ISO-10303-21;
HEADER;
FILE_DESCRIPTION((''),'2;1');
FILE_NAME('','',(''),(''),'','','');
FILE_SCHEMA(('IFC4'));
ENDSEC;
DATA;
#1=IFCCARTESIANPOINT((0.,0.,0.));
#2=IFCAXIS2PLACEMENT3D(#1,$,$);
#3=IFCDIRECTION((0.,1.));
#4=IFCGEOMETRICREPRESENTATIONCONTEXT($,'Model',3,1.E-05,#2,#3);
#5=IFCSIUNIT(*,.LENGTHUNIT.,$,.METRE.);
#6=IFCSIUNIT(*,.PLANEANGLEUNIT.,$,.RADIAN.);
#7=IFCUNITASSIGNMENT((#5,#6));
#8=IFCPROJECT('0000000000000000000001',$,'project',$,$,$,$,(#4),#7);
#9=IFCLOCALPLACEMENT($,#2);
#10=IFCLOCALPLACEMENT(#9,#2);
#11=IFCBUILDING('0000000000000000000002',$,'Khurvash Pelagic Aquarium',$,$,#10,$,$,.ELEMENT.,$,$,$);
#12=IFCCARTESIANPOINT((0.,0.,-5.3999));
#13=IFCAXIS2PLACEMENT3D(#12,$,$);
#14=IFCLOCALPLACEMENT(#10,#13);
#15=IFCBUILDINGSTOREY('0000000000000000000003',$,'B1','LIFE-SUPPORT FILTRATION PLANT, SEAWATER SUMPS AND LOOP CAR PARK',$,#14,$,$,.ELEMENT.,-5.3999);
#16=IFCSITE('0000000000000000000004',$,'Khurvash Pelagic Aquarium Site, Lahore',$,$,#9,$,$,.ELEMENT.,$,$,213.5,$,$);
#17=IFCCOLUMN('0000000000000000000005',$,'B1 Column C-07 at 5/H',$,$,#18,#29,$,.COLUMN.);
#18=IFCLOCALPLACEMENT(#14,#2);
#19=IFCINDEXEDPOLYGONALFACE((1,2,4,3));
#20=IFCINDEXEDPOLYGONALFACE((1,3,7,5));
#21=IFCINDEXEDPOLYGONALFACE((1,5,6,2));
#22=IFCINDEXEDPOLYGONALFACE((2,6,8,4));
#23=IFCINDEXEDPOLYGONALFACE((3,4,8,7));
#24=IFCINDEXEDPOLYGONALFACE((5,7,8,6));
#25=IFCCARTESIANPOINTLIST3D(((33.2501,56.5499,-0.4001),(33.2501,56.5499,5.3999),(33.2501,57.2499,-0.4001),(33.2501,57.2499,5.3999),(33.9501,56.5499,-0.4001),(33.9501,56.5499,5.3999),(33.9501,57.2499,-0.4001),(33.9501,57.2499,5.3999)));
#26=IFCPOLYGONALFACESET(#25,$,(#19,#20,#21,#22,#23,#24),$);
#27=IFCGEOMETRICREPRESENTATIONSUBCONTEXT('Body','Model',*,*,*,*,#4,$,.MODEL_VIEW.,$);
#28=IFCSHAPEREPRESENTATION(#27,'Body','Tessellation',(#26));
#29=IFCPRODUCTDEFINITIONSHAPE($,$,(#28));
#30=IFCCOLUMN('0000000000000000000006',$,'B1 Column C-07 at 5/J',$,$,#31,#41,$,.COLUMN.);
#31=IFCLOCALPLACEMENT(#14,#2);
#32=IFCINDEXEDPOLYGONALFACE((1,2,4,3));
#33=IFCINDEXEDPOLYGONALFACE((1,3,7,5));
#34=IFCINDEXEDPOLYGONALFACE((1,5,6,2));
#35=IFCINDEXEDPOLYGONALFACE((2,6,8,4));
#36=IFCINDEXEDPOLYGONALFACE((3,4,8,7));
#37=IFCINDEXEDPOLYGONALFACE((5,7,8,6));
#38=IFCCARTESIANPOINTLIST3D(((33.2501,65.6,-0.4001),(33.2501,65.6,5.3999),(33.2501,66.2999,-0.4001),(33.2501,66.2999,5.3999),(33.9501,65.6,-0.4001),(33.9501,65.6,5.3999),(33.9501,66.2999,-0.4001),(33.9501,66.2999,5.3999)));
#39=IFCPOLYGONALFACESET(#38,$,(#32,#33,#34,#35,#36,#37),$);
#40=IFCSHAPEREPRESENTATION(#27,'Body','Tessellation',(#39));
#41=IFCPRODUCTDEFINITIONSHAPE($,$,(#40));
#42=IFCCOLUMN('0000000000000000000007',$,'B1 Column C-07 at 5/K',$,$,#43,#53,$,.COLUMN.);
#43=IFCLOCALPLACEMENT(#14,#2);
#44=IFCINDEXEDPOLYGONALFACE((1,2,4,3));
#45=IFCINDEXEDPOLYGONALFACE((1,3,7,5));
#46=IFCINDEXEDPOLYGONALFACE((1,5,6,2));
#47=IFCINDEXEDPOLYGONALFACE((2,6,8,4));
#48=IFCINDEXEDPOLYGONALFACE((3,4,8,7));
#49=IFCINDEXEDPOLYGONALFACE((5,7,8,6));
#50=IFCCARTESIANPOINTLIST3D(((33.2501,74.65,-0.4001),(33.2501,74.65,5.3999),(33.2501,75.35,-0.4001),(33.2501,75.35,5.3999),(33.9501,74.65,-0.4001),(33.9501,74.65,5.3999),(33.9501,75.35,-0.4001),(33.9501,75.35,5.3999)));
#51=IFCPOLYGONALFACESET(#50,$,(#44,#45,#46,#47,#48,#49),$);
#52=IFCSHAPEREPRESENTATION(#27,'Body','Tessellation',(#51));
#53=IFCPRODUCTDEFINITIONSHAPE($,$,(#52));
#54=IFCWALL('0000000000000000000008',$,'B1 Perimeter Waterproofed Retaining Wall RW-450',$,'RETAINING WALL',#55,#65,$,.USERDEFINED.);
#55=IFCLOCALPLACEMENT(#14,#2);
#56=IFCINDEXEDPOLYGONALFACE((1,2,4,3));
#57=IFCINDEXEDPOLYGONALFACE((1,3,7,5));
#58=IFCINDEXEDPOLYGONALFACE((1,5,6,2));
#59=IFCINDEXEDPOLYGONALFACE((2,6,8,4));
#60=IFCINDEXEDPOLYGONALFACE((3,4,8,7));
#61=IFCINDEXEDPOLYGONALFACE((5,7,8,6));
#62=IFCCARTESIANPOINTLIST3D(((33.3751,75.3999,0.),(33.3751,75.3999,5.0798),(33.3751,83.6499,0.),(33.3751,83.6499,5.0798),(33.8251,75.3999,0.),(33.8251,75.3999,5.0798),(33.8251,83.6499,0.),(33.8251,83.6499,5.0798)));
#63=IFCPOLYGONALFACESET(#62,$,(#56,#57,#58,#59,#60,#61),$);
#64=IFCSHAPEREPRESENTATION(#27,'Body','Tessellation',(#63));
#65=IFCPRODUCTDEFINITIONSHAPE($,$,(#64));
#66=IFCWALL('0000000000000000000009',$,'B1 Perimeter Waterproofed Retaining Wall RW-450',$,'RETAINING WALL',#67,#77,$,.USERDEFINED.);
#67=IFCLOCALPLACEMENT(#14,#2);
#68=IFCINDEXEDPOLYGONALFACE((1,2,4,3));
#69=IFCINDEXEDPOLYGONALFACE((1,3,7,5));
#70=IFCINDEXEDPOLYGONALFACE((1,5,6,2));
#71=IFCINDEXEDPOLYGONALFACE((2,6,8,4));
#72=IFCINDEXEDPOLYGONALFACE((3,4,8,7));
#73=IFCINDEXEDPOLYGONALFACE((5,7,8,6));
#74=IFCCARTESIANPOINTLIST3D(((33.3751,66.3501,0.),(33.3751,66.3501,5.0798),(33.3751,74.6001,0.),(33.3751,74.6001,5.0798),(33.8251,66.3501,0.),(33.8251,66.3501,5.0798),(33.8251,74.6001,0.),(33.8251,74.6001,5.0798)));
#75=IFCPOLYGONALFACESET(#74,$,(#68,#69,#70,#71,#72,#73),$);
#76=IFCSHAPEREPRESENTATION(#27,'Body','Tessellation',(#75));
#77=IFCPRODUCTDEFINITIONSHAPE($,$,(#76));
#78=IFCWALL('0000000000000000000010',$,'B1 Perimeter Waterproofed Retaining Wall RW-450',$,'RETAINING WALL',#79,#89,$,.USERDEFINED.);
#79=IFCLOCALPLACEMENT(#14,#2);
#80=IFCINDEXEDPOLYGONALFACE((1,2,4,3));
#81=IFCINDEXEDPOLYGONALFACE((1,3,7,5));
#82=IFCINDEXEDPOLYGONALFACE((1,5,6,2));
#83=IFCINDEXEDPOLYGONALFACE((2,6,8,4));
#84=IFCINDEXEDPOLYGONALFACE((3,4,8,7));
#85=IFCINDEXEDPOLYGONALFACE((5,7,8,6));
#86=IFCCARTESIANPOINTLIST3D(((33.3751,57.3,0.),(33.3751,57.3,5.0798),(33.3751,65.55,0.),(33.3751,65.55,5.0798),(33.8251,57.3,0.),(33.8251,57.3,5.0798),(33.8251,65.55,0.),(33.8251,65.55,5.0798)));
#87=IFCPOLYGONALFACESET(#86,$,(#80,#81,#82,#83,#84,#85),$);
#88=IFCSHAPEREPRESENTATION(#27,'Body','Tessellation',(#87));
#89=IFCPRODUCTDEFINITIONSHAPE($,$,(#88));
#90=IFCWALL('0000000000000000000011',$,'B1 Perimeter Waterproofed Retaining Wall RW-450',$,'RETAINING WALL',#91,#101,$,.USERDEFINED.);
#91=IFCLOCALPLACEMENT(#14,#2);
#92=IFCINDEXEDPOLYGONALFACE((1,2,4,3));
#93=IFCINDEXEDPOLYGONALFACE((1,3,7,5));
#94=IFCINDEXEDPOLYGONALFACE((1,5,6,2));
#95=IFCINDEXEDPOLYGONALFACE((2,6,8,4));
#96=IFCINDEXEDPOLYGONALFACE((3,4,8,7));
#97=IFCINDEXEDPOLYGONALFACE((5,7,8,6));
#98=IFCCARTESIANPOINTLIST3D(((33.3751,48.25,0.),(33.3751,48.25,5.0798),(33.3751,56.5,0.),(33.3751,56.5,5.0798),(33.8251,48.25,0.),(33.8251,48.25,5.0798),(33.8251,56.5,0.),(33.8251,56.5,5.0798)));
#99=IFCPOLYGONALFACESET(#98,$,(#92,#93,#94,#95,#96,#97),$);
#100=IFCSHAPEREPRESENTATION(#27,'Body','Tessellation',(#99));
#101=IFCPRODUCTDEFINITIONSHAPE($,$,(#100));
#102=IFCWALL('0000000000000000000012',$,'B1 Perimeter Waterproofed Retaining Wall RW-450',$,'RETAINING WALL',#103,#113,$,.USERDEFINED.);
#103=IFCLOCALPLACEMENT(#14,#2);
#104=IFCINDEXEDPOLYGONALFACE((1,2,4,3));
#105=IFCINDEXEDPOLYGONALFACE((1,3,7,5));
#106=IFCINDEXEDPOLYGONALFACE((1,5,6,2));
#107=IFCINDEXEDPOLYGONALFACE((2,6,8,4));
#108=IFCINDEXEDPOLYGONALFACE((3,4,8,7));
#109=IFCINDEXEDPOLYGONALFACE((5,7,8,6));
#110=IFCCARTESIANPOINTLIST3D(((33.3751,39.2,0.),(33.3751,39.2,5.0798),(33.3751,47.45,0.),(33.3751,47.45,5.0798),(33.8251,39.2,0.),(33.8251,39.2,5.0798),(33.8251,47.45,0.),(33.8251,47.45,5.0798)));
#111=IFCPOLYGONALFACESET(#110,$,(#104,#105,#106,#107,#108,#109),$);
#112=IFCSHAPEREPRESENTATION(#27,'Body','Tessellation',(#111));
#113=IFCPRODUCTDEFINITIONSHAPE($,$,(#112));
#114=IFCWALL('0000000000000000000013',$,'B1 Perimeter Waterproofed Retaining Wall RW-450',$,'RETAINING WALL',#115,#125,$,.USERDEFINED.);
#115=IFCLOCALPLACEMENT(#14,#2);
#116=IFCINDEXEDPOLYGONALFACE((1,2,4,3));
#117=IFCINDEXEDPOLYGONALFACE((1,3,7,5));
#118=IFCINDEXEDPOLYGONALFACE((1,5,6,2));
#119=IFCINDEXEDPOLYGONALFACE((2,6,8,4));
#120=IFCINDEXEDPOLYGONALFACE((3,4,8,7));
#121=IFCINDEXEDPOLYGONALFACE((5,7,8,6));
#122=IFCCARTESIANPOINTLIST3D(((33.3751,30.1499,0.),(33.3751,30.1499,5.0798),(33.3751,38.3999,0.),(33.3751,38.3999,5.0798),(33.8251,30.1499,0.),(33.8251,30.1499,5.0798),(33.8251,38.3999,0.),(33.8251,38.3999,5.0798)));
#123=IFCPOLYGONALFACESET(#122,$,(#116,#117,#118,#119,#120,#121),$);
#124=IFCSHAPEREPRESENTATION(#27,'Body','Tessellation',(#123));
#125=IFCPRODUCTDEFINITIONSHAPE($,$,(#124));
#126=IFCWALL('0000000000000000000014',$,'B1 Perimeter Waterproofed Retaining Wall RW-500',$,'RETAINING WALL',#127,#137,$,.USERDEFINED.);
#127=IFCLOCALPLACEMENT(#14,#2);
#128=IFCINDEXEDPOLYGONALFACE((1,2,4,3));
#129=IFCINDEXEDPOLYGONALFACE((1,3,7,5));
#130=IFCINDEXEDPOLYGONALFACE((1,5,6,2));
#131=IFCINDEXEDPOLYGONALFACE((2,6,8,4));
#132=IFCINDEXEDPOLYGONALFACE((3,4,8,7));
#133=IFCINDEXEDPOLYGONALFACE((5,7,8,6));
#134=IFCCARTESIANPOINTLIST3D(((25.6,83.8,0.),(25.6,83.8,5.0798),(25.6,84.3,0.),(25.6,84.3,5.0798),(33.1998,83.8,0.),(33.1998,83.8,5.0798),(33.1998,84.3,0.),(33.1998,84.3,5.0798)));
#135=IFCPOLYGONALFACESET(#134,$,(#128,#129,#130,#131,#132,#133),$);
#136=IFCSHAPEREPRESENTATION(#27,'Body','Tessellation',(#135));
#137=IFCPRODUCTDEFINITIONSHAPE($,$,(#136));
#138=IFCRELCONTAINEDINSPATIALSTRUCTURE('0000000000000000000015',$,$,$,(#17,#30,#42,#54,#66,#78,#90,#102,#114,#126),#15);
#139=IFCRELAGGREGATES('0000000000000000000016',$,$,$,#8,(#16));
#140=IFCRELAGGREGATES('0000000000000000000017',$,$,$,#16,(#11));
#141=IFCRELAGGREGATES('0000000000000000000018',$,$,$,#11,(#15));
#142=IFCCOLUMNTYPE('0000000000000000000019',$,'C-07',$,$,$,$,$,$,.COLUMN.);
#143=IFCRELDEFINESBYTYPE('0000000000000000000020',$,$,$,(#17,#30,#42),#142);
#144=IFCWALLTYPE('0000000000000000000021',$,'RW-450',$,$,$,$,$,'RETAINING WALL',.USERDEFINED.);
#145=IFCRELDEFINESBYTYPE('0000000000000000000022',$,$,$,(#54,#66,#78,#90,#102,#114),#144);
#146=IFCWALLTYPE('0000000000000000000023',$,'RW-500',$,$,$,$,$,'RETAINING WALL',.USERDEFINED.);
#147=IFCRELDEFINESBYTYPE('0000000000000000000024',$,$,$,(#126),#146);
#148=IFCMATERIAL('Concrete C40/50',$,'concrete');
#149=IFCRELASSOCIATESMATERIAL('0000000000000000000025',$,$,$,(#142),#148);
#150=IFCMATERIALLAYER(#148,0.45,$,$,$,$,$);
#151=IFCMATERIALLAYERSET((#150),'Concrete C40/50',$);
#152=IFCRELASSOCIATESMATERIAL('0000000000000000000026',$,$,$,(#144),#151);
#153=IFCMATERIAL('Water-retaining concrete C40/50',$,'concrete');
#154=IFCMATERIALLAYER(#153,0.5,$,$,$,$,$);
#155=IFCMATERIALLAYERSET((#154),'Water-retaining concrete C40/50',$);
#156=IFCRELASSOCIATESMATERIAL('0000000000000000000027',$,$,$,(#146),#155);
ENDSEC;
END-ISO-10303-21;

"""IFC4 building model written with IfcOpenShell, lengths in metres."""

from ifc_helpers import new_model, si_unit, direction, frame, frame_2d, origin, origin_2d, place, context, subcontext, project, spatial, rectangle, extrude, material, layer, layer_set, material_profile, profile_set, type_object, element, save


model = new_model("IFC4")

# Units and contexts
model_context = context("Model", 3, precision=1e-05, world=origin(), true_north=direction((0.0, 1.0)))
body_context = subcontext(model_context, "Body", "Model", "MODEL_VIEW")
ifc_project = project(units=[si_unit("LENGTHUNIT", "METRE"), si_unit("PLANEANGLEUNIT", "RADIAN")], contexts=[model_context])

# Site, building, storey
site_placement = place(None, origin())
site = spatial("IfcSite", under=ifc_project, at=site_placement, Name="Khurvash Pelagic Aquarium Site, Lahore", CompositionType="ELEMENT", RefElevation=213.5)
building_placement = place(site_placement, origin())
building = spatial("IfcBuilding", under=site, at=building_placement, Name="Khurvash Pelagic Aquarium", CompositionType="ELEMENT")
storey_placement = place(building_placement, frame((0.0, 0.0, -5.3999)))
storey = spatial("IfcBuildingStorey", under=building, at=storey_placement, Name="B1", Description="LIFE-SUPPORT FILTRATION PLANT, SEAWATER SUMPS AND LOOP CAR PARK", CompositionType="ELEMENT", Elevation=-5.3999)

# Columns
ifc_material_1 = material(Name="Concrete C40/50", Category="concrete")
ifc_material_profile_1 = material_profile(ifc_material_1, rectangle(XDim=0.7, YDim=0.7, at=origin_2d()), Name="RC700X700")
ifc_profile_set_1 = profile_set([ifc_material_profile_1], Name="Concrete C40/50")
column_type = type_object("IfcColumnType", Name="C-07", PredefinedType="COLUMN", material=ifc_profile_set_1)
for number, where, z_axis, x_axis, name in (
    (1, (33.6001, 56.8999, -0.4001), (0.0, 0.0, 1.0), (1.0, 0.0, 0.0), "B1 Column C-07 at 5/H"),
    (2, (33.6001, 65.95, -0.4001), (0.0, 0.0, 1.0), (1.0, 0.0, 0.0), "B1 Column C-07 at 5/J"),
    (3, (33.6001, 75.0, -0.4001), (0.0, 0.0, 1.0), (1.0, 0.0, 0.0), "B1 Column C-07 at 5/K"),
):
    element("IfcColumn", number, at=place(storey_placement, frame(where, z_axis=z_axis, x_axis=x_axis)), inside=storey, type_object=column_type, Name=name, PredefinedType="COLUMN", context=body_context, shape_type="SweptSolid", body=[
        extrude(rectangle(XDim=0.7, YDim=0.7, at=origin_2d()), origin(), (0.0, 0.0, 1.0), 5.8),
    ])

# Walls
ifc_layer_1 = layer(ifc_material_1, 0.45)
ifc_layer_set_1 = layer_set([ifc_layer_1], Name="Concrete C40/50")
wall_type_1 = type_object("IfcWallType", Name="RW-450", ElementType="RETAINING WALL", PredefinedType="USERDEFINED", material=ifc_layer_set_1)
for number, where, z_axis, x_axis, name in (
    (4, (33.6001, 83.6499, 0.0), (0.0, 0.0, 1.0), (0.0, -1.0, 0.0), "B1 Perimeter Waterproofed Retaining Wall RW-450"),
    (5, (33.6001, 74.6001, 0.0), (0.0, 0.0, 1.0), (0.0, -1.0, 0.0), "B1 Perimeter Waterproofed Retaining Wall RW-450"),
    (6, (33.6001, 65.55, 0.0), (0.0, 0.0, 1.0), (0.0, -1.0, 0.0), "B1 Perimeter Waterproofed Retaining Wall RW-450"),
    (7, (33.6001, 56.5, 0.0), (0.0, 0.0, 1.0), (0.0, -1.0, 0.0), "B1 Perimeter Waterproofed Retaining Wall RW-450"),
    (8, (33.6001, 47.45, 0.0), (0.0, 0.0, 1.0), (0.0, -1.0, 0.0), "B1 Perimeter Waterproofed Retaining Wall RW-450"),
    (9, (33.6001, 38.3999, 0.0), (0.0, 0.0, 1.0), (0.0, -1.0, 0.0), "B1 Perimeter Waterproofed Retaining Wall RW-450"),
):
    element("IfcWall", number, at=place(storey_placement, frame(where, z_axis=z_axis, x_axis=x_axis)), inside=storey, type_object=wall_type_1, Name=name, ObjectType="RETAINING WALL", PredefinedType="USERDEFINED", context=body_context, shape_type="SweptSolid", body=[
        extrude(rectangle(XDim=8.25, YDim=0.45, at=frame_2d((4.125, 0.0))), origin(), (0.0, 0.0, 1.0), 5.0798),
    ])
ifc_material_2 = material(Name="Water-retaining concrete C40/50", Category="concrete")
ifc_layer_2 = layer(ifc_material_2, 0.5)
ifc_layer_set_2 = layer_set([ifc_layer_2], Name="Water-retaining concrete C40/50")
wall_type_2 = type_object("IfcWallType", Name="RW-500", ElementType="RETAINING WALL", PredefinedType="USERDEFINED", material=ifc_layer_set_2)
wall_placement = place(storey_placement, frame((25.6001, 84.05, 0.0), z_axis=(0.0, 0.0, 1.0), x_axis=(1.0, 0.0, 0.0)))
element("IfcWall", 10, at=wall_placement, inside=storey, type_object=wall_type_2, Name="B1 Perimeter Waterproofed Retaining Wall RW-500", ObjectType="RETAINING WALL", PredefinedType="USERDEFINED", context=body_context, shape_type="SweptSolid", body=[
    extrude(rectangle(XDim=7.5999, YDim=0.5, at=frame_2d((3.7998, 0.0))), origin(), (0.0, 0.0, 1.0), 5.0798),
])

save(model, "model.ifc")
